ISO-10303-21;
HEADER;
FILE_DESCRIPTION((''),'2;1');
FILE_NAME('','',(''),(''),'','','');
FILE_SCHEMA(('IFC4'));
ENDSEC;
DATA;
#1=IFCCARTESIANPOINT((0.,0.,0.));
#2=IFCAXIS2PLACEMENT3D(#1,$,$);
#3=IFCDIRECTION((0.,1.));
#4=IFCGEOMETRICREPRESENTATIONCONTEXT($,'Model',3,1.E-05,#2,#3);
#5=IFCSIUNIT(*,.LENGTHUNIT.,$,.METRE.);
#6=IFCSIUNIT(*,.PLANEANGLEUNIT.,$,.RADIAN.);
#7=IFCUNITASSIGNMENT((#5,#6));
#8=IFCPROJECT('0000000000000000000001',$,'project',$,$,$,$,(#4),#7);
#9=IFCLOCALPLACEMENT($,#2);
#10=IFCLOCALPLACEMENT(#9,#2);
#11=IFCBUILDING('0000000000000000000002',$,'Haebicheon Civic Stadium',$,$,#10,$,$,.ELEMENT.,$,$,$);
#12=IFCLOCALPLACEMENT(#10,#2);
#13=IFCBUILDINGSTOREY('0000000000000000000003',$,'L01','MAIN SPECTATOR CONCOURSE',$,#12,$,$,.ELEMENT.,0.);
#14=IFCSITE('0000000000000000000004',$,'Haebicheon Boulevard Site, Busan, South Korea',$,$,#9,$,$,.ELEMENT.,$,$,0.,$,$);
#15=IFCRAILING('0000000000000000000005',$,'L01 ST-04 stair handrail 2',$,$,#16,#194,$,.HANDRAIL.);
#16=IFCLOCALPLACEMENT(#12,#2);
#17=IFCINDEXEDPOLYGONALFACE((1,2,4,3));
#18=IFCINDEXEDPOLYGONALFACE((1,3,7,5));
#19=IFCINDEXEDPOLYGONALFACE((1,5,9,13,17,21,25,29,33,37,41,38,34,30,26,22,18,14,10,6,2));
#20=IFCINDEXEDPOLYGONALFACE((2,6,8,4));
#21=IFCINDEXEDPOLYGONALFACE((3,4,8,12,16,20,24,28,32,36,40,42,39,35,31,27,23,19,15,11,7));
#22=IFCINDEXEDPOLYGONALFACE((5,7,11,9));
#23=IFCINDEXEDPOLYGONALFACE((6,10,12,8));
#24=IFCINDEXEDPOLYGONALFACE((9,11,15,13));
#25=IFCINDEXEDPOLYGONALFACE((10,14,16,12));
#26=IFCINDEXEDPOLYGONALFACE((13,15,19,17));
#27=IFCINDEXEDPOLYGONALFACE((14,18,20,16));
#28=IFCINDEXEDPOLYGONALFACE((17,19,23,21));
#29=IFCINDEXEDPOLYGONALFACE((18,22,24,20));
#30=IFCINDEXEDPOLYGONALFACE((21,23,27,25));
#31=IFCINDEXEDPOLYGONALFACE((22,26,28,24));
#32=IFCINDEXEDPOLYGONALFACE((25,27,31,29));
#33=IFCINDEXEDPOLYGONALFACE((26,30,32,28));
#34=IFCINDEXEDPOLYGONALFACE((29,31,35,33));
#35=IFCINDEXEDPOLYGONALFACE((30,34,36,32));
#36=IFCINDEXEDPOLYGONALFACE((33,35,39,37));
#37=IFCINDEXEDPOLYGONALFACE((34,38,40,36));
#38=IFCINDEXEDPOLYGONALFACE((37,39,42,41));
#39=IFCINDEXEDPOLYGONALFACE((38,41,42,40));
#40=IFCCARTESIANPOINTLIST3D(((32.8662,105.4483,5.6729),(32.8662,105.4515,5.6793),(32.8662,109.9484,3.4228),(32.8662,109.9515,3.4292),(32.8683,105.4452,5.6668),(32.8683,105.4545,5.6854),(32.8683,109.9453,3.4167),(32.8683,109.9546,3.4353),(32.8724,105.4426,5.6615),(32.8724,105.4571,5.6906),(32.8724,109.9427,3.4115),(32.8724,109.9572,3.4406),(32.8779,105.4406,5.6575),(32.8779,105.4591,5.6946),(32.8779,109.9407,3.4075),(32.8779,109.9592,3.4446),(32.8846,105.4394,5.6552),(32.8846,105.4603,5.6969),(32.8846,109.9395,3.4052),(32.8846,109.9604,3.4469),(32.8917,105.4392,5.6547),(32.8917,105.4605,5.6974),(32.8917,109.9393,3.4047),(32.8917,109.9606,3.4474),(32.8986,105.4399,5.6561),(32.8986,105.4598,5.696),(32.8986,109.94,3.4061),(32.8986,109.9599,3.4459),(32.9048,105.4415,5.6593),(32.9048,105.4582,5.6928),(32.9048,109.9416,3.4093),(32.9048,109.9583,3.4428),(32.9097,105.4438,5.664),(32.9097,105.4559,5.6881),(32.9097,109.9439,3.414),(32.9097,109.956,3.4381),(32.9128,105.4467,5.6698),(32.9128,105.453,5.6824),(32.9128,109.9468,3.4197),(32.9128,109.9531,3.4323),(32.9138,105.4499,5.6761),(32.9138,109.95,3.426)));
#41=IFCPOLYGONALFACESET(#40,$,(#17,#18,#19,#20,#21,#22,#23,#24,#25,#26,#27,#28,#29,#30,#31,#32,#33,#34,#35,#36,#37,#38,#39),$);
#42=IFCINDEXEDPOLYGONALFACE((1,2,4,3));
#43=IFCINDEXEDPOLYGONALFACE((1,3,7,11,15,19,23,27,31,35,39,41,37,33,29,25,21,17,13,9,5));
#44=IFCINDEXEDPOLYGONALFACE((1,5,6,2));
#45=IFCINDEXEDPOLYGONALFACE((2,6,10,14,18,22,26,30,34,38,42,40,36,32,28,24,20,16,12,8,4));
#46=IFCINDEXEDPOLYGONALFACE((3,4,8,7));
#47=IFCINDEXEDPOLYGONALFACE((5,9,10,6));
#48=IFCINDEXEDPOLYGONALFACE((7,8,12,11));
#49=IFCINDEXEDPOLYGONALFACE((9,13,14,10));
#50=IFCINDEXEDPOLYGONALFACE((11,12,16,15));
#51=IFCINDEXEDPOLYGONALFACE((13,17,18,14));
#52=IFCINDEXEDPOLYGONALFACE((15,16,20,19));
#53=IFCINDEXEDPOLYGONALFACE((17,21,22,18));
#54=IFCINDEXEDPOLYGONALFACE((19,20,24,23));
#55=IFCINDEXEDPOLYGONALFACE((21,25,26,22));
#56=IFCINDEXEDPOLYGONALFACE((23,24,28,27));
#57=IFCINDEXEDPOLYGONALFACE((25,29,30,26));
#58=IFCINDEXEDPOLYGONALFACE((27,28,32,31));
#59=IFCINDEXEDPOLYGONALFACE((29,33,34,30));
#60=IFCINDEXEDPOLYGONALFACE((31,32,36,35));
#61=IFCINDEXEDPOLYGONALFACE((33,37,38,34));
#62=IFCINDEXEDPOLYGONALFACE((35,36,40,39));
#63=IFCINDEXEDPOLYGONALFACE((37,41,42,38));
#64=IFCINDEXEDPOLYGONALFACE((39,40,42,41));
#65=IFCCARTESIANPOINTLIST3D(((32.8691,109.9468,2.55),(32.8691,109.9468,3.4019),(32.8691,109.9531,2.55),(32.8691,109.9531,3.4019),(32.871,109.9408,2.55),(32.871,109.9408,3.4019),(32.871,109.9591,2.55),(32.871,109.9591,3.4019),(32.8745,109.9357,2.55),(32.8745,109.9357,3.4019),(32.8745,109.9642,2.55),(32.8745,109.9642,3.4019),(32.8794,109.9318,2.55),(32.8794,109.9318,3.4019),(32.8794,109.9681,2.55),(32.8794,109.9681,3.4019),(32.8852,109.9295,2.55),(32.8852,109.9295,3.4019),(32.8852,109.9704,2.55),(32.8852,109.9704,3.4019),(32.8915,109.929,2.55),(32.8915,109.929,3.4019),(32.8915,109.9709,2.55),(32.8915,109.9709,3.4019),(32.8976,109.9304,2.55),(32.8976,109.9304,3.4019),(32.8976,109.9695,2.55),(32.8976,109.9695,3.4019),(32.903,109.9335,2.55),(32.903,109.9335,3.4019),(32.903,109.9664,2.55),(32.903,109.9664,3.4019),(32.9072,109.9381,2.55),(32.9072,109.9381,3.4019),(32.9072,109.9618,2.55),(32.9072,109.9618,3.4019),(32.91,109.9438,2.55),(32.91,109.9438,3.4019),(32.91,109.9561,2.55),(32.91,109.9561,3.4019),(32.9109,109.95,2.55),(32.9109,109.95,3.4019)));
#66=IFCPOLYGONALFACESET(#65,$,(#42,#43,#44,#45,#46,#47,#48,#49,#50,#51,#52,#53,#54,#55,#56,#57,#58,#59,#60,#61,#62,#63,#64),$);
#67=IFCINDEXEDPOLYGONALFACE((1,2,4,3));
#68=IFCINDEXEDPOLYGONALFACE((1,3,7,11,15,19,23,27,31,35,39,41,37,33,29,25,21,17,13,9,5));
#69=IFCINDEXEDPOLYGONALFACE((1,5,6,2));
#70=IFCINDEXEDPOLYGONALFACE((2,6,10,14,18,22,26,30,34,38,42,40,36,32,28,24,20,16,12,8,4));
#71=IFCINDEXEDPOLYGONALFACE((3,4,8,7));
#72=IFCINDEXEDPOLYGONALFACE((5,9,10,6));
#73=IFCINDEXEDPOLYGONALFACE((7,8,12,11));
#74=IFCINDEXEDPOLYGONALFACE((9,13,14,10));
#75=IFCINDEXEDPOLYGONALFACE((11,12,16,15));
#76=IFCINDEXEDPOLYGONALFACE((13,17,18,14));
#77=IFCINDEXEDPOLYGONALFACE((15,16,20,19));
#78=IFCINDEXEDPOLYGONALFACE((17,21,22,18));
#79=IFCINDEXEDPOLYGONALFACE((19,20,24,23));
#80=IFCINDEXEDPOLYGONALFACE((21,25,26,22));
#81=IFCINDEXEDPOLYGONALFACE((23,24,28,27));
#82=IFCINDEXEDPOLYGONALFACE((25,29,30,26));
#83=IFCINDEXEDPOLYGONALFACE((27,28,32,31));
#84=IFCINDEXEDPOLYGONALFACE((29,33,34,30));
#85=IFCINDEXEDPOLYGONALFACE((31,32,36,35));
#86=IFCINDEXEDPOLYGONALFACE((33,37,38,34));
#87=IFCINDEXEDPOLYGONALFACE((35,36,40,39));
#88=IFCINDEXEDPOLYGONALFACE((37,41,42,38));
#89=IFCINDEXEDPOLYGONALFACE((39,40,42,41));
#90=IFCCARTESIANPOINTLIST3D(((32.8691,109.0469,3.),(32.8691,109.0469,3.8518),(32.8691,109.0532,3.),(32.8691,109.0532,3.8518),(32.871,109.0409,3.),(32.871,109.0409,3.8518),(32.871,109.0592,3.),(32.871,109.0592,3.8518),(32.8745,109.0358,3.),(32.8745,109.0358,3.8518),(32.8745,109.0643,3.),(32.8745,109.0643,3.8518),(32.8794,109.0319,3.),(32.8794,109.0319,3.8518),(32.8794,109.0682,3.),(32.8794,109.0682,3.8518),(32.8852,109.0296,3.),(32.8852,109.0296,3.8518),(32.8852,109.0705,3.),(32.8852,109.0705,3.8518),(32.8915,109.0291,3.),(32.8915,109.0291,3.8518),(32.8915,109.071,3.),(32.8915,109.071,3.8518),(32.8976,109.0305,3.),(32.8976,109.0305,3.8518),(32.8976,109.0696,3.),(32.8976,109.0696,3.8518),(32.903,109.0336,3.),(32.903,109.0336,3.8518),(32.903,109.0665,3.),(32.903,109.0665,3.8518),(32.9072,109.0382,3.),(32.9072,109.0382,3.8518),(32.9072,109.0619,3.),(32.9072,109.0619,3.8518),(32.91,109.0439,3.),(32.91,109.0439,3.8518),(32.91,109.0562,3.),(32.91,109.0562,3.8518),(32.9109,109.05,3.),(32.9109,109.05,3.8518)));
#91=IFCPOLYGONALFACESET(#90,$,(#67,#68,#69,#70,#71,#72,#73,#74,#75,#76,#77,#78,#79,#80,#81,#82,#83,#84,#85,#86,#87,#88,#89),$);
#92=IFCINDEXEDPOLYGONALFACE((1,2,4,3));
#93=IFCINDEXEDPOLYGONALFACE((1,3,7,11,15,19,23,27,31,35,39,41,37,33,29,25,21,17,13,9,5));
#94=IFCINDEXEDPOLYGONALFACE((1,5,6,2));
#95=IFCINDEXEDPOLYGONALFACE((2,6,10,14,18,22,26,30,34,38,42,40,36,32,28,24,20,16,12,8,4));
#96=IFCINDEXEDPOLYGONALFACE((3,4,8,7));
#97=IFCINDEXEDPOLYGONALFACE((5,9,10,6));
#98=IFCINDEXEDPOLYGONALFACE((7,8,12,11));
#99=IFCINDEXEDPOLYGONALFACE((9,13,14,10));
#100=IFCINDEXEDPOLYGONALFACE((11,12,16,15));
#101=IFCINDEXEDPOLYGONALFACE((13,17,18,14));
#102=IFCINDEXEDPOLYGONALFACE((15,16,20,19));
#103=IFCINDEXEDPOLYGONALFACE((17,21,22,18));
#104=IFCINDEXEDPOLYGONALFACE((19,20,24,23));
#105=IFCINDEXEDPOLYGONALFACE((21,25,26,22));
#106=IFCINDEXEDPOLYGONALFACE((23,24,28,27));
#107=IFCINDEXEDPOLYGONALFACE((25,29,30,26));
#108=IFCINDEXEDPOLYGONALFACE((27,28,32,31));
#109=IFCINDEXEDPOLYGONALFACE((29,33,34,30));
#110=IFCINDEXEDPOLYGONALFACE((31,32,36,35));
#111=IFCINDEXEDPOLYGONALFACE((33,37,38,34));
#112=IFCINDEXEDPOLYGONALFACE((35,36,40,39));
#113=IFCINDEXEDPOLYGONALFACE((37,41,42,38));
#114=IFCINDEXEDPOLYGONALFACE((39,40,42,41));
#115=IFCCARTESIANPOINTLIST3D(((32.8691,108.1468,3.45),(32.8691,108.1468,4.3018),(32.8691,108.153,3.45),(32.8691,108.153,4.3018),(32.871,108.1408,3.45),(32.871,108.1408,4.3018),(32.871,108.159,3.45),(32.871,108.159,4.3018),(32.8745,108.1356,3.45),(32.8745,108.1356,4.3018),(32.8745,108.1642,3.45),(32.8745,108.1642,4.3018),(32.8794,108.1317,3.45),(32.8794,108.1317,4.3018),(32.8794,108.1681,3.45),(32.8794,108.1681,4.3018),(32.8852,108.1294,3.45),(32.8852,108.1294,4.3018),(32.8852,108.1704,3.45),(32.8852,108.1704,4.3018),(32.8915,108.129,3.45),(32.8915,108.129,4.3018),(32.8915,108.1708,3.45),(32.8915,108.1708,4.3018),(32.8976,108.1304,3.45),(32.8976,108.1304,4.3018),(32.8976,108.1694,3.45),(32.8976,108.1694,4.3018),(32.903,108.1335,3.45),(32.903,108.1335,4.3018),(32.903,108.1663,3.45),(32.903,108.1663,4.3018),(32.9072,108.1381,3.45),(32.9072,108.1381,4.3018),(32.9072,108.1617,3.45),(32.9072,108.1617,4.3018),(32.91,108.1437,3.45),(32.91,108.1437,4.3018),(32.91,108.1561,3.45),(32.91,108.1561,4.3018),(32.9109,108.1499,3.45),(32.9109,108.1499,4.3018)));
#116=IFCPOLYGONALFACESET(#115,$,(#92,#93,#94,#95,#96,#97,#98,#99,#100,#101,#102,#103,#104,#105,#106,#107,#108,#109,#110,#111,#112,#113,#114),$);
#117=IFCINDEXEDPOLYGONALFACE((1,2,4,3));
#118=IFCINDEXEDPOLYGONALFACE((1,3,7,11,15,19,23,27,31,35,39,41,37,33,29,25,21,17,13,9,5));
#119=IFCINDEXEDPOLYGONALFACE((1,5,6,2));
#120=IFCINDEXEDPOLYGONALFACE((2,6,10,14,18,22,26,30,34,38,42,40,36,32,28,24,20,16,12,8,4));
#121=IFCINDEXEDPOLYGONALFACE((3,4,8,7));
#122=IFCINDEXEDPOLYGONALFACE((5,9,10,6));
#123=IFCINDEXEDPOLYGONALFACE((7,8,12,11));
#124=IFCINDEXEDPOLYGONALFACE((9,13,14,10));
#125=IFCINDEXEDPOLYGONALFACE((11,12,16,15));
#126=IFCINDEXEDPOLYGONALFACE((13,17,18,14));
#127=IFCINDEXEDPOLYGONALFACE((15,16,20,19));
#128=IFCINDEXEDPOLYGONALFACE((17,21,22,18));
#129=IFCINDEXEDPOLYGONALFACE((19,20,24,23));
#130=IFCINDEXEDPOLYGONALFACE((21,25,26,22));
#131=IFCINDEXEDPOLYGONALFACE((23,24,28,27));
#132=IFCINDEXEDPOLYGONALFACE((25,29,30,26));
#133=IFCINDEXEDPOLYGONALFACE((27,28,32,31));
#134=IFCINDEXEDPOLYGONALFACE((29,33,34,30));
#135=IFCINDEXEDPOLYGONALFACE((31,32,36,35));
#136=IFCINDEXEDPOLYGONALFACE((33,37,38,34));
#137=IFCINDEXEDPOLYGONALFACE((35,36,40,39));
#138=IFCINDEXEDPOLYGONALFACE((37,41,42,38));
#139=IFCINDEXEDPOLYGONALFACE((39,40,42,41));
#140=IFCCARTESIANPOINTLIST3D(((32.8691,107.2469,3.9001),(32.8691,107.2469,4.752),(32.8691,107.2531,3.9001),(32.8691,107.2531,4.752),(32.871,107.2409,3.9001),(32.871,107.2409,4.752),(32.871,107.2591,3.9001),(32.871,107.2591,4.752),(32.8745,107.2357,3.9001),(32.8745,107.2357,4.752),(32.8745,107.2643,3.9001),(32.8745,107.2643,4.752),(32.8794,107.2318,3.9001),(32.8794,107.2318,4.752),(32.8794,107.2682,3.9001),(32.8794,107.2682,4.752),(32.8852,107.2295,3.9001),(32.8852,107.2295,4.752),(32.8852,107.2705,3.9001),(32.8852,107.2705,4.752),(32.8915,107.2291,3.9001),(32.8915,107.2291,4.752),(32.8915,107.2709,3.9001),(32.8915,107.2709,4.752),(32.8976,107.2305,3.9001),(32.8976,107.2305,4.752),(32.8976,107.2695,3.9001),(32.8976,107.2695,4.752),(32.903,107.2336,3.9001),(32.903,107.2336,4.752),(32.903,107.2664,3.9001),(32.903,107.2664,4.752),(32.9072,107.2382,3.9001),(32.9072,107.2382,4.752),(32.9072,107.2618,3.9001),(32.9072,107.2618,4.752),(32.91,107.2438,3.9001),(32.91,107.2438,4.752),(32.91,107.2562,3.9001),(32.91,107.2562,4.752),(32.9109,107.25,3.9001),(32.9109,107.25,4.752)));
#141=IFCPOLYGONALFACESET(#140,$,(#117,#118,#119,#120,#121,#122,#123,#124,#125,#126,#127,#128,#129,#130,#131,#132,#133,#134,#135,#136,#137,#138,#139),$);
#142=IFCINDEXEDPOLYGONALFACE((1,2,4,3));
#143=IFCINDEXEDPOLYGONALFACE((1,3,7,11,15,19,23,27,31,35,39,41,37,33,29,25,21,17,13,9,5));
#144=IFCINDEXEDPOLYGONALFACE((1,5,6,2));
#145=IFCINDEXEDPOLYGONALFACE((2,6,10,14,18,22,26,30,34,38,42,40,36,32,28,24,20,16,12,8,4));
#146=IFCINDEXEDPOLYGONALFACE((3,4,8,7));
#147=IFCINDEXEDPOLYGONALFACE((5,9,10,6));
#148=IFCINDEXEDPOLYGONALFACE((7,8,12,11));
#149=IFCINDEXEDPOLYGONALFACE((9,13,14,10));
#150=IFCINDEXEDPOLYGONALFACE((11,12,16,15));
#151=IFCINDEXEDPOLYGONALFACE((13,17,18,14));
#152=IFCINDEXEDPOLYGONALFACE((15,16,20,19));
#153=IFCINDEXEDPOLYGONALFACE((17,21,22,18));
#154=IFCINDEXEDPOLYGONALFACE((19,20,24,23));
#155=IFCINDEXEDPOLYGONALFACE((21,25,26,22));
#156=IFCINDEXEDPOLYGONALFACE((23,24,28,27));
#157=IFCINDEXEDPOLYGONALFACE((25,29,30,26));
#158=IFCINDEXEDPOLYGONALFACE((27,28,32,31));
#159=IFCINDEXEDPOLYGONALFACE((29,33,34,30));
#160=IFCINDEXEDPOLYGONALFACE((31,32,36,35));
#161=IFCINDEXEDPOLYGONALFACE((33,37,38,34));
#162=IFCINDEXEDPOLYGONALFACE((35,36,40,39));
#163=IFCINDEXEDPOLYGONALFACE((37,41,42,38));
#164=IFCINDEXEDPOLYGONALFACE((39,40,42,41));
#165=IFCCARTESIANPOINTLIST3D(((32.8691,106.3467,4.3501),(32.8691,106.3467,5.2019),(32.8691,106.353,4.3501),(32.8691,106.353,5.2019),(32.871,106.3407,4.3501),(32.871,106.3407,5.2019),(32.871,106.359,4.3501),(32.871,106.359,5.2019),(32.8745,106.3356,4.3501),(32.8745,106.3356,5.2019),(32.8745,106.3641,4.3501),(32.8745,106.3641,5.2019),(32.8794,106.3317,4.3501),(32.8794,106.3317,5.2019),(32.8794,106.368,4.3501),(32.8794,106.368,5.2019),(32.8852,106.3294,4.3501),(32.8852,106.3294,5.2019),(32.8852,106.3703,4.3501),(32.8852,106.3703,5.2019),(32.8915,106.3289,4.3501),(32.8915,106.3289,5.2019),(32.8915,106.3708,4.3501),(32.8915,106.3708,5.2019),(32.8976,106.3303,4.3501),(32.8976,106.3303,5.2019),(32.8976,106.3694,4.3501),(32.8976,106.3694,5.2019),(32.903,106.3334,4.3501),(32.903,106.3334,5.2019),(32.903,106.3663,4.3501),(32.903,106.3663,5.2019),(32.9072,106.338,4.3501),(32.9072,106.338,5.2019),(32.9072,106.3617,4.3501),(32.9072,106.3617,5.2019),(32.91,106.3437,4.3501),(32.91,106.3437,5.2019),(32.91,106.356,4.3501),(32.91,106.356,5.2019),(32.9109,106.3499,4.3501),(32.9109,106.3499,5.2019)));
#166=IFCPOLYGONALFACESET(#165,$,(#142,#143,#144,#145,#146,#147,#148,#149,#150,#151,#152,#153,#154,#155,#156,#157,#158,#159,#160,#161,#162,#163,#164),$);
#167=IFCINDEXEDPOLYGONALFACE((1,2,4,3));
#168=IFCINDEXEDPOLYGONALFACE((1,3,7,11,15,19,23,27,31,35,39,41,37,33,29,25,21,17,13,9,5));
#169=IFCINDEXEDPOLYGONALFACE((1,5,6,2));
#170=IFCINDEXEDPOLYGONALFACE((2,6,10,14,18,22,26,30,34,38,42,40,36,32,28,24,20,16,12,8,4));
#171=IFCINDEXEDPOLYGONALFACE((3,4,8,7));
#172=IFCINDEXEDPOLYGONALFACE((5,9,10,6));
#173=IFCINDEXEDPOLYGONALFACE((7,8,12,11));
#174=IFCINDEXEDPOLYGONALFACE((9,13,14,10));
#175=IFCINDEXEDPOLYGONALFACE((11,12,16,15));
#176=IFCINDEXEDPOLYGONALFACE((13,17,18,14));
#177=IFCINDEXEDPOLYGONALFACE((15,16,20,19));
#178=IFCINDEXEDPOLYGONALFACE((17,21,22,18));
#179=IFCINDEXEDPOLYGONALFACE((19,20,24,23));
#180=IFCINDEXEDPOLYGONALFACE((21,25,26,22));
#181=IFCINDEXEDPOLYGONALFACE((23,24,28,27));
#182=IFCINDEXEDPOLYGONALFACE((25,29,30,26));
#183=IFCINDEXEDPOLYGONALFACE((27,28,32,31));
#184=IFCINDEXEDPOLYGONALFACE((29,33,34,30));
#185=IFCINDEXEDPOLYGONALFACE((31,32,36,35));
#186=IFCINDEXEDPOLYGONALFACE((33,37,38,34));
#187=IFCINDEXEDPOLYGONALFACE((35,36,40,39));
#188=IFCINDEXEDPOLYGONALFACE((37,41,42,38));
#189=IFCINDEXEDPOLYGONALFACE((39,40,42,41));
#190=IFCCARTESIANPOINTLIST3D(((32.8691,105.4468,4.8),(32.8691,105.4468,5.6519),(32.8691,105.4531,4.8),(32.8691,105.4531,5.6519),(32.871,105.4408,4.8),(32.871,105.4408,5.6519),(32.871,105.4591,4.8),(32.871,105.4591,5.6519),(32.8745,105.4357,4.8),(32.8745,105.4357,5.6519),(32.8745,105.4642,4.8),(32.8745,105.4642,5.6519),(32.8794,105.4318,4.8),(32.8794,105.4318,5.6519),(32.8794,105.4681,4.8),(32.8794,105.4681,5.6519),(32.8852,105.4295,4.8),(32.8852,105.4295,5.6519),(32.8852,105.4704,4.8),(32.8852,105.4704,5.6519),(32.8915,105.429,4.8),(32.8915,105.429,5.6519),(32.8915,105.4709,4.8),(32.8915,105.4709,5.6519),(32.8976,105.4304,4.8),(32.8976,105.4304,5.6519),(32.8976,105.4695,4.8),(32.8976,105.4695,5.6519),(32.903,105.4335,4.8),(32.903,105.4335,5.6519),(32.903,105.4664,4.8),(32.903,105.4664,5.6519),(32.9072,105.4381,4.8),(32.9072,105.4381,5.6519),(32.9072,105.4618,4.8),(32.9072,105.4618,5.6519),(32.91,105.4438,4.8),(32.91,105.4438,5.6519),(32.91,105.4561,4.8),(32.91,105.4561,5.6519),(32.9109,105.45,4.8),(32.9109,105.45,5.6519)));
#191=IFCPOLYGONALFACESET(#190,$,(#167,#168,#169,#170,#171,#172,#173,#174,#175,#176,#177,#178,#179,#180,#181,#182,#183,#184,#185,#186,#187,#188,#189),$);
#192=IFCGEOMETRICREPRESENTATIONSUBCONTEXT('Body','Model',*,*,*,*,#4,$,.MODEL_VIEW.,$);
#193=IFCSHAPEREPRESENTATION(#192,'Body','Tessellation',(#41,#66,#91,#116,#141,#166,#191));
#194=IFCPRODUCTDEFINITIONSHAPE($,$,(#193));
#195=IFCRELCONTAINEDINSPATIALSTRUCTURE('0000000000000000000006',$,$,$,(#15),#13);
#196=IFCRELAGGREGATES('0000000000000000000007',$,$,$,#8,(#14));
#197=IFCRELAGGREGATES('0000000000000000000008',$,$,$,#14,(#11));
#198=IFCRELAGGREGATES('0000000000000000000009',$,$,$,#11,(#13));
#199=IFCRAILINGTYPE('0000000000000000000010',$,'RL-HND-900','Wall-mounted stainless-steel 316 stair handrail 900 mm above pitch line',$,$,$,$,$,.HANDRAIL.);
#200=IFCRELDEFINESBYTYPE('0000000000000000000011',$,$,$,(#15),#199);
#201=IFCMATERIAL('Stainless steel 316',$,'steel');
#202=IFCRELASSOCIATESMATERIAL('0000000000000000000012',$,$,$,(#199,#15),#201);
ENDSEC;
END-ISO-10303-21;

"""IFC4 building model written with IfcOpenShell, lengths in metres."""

from ifc_helpers import new_model, si_unit, direction, frame, origin, origin_2d, place, context, subcontext, project, spatial, circle, extrude, material, type_object, element, save


model = new_model("IFC4")

# Units and contexts
model_context = context("Model", 3, precision=1e-05, world=origin(), true_north=direction((0.0, 1.0)))
body_context = subcontext(model_context, "Body", "Model", "MODEL_VIEW")
ifc_project = project(units=[si_unit("LENGTHUNIT", "METRE"), si_unit("PLANEANGLEUNIT", "RADIAN")], contexts=[model_context])

# Site, building, storey
site_placement = place(None, origin())
site = spatial("IfcSite", under=ifc_project, at=site_placement, Name="Haebicheon Boulevard Site, Busan, South Korea", CompositionType="ELEMENT", RefElevation=0.0)
building_placement = place(site_placement, origin())
building = spatial("IfcBuilding", under=site, at=building_placement, Name="Haebicheon Civic Stadium", CompositionType="ELEMENT")
storey_placement = place(building_placement, origin())
storey = spatial("IfcBuildingStorey", under=building, at=storey_placement, Name="L01", Description="MAIN SPECTATOR CONCOURSE", CompositionType="ELEMENT", Elevation=0.0)

# Railing
ifc_material_1 = material(Name="Stainless steel 316", Category="steel")
railing_type_1 = type_object("IfcRailingType", Name="RL-HND-900", Description="Wall-mounted stainless-steel 316 stair handrail 900 mm above pitch line", PredefinedType="HANDRAIL", material=ifc_material_1)
railing_1_placement = place(storey_placement, frame((32.8899, 109.95, 2.55)))
element("IfcRailing", 1, at=railing_1_placement, inside=storey, type_object=railing_type_1, material=ifc_material_1, Name="L01 ST-04 stair handrail 2", PredefinedType="HANDRAIL", context=body_context, shape_type="SweptSolid", body=[
    extrude(circle(Radius=0.0239, at=origin_2d()), frame((0.0, 0.0, 0.876), z_axis=(0.0, -0.894427, 0.447214), x_axis=(1.0, 0.0, 0.0)), (0.0, 0.0, 1.0), 5.0312),
    extrude(circle(Radius=0.021, at=origin_2d()), origin(), (0.0, 0.0, 1.0), 0.8518),
    extrude(circle(Radius=0.021, at=origin_2d()), frame((0.0, -0.8999, 0.45)), (0.0, 0.0, 1.0), 0.8518),
    extrude(circle(Radius=0.021, at=origin_2d()), frame((0.0, -1.8, 0.8999)), (0.0, 0.0, 1.0), 0.8518),
    extrude(circle(Radius=0.021, at=origin_2d()), frame((0.0, -2.7, 1.3501)), (0.0, 0.0, 1.0), 0.8518),
    extrude(circle(Radius=0.021, at=origin_2d()), frame((0.0, -3.6001, 1.8)), (0.0, 0.0, 1.0), 0.8518),
    extrude(circle(Radius=0.021, at=origin_2d()), frame((0.0, -4.5, 2.25)), (0.0, 0.0, 1.0), 0.8518),
])

save(model, "model.ifc")
